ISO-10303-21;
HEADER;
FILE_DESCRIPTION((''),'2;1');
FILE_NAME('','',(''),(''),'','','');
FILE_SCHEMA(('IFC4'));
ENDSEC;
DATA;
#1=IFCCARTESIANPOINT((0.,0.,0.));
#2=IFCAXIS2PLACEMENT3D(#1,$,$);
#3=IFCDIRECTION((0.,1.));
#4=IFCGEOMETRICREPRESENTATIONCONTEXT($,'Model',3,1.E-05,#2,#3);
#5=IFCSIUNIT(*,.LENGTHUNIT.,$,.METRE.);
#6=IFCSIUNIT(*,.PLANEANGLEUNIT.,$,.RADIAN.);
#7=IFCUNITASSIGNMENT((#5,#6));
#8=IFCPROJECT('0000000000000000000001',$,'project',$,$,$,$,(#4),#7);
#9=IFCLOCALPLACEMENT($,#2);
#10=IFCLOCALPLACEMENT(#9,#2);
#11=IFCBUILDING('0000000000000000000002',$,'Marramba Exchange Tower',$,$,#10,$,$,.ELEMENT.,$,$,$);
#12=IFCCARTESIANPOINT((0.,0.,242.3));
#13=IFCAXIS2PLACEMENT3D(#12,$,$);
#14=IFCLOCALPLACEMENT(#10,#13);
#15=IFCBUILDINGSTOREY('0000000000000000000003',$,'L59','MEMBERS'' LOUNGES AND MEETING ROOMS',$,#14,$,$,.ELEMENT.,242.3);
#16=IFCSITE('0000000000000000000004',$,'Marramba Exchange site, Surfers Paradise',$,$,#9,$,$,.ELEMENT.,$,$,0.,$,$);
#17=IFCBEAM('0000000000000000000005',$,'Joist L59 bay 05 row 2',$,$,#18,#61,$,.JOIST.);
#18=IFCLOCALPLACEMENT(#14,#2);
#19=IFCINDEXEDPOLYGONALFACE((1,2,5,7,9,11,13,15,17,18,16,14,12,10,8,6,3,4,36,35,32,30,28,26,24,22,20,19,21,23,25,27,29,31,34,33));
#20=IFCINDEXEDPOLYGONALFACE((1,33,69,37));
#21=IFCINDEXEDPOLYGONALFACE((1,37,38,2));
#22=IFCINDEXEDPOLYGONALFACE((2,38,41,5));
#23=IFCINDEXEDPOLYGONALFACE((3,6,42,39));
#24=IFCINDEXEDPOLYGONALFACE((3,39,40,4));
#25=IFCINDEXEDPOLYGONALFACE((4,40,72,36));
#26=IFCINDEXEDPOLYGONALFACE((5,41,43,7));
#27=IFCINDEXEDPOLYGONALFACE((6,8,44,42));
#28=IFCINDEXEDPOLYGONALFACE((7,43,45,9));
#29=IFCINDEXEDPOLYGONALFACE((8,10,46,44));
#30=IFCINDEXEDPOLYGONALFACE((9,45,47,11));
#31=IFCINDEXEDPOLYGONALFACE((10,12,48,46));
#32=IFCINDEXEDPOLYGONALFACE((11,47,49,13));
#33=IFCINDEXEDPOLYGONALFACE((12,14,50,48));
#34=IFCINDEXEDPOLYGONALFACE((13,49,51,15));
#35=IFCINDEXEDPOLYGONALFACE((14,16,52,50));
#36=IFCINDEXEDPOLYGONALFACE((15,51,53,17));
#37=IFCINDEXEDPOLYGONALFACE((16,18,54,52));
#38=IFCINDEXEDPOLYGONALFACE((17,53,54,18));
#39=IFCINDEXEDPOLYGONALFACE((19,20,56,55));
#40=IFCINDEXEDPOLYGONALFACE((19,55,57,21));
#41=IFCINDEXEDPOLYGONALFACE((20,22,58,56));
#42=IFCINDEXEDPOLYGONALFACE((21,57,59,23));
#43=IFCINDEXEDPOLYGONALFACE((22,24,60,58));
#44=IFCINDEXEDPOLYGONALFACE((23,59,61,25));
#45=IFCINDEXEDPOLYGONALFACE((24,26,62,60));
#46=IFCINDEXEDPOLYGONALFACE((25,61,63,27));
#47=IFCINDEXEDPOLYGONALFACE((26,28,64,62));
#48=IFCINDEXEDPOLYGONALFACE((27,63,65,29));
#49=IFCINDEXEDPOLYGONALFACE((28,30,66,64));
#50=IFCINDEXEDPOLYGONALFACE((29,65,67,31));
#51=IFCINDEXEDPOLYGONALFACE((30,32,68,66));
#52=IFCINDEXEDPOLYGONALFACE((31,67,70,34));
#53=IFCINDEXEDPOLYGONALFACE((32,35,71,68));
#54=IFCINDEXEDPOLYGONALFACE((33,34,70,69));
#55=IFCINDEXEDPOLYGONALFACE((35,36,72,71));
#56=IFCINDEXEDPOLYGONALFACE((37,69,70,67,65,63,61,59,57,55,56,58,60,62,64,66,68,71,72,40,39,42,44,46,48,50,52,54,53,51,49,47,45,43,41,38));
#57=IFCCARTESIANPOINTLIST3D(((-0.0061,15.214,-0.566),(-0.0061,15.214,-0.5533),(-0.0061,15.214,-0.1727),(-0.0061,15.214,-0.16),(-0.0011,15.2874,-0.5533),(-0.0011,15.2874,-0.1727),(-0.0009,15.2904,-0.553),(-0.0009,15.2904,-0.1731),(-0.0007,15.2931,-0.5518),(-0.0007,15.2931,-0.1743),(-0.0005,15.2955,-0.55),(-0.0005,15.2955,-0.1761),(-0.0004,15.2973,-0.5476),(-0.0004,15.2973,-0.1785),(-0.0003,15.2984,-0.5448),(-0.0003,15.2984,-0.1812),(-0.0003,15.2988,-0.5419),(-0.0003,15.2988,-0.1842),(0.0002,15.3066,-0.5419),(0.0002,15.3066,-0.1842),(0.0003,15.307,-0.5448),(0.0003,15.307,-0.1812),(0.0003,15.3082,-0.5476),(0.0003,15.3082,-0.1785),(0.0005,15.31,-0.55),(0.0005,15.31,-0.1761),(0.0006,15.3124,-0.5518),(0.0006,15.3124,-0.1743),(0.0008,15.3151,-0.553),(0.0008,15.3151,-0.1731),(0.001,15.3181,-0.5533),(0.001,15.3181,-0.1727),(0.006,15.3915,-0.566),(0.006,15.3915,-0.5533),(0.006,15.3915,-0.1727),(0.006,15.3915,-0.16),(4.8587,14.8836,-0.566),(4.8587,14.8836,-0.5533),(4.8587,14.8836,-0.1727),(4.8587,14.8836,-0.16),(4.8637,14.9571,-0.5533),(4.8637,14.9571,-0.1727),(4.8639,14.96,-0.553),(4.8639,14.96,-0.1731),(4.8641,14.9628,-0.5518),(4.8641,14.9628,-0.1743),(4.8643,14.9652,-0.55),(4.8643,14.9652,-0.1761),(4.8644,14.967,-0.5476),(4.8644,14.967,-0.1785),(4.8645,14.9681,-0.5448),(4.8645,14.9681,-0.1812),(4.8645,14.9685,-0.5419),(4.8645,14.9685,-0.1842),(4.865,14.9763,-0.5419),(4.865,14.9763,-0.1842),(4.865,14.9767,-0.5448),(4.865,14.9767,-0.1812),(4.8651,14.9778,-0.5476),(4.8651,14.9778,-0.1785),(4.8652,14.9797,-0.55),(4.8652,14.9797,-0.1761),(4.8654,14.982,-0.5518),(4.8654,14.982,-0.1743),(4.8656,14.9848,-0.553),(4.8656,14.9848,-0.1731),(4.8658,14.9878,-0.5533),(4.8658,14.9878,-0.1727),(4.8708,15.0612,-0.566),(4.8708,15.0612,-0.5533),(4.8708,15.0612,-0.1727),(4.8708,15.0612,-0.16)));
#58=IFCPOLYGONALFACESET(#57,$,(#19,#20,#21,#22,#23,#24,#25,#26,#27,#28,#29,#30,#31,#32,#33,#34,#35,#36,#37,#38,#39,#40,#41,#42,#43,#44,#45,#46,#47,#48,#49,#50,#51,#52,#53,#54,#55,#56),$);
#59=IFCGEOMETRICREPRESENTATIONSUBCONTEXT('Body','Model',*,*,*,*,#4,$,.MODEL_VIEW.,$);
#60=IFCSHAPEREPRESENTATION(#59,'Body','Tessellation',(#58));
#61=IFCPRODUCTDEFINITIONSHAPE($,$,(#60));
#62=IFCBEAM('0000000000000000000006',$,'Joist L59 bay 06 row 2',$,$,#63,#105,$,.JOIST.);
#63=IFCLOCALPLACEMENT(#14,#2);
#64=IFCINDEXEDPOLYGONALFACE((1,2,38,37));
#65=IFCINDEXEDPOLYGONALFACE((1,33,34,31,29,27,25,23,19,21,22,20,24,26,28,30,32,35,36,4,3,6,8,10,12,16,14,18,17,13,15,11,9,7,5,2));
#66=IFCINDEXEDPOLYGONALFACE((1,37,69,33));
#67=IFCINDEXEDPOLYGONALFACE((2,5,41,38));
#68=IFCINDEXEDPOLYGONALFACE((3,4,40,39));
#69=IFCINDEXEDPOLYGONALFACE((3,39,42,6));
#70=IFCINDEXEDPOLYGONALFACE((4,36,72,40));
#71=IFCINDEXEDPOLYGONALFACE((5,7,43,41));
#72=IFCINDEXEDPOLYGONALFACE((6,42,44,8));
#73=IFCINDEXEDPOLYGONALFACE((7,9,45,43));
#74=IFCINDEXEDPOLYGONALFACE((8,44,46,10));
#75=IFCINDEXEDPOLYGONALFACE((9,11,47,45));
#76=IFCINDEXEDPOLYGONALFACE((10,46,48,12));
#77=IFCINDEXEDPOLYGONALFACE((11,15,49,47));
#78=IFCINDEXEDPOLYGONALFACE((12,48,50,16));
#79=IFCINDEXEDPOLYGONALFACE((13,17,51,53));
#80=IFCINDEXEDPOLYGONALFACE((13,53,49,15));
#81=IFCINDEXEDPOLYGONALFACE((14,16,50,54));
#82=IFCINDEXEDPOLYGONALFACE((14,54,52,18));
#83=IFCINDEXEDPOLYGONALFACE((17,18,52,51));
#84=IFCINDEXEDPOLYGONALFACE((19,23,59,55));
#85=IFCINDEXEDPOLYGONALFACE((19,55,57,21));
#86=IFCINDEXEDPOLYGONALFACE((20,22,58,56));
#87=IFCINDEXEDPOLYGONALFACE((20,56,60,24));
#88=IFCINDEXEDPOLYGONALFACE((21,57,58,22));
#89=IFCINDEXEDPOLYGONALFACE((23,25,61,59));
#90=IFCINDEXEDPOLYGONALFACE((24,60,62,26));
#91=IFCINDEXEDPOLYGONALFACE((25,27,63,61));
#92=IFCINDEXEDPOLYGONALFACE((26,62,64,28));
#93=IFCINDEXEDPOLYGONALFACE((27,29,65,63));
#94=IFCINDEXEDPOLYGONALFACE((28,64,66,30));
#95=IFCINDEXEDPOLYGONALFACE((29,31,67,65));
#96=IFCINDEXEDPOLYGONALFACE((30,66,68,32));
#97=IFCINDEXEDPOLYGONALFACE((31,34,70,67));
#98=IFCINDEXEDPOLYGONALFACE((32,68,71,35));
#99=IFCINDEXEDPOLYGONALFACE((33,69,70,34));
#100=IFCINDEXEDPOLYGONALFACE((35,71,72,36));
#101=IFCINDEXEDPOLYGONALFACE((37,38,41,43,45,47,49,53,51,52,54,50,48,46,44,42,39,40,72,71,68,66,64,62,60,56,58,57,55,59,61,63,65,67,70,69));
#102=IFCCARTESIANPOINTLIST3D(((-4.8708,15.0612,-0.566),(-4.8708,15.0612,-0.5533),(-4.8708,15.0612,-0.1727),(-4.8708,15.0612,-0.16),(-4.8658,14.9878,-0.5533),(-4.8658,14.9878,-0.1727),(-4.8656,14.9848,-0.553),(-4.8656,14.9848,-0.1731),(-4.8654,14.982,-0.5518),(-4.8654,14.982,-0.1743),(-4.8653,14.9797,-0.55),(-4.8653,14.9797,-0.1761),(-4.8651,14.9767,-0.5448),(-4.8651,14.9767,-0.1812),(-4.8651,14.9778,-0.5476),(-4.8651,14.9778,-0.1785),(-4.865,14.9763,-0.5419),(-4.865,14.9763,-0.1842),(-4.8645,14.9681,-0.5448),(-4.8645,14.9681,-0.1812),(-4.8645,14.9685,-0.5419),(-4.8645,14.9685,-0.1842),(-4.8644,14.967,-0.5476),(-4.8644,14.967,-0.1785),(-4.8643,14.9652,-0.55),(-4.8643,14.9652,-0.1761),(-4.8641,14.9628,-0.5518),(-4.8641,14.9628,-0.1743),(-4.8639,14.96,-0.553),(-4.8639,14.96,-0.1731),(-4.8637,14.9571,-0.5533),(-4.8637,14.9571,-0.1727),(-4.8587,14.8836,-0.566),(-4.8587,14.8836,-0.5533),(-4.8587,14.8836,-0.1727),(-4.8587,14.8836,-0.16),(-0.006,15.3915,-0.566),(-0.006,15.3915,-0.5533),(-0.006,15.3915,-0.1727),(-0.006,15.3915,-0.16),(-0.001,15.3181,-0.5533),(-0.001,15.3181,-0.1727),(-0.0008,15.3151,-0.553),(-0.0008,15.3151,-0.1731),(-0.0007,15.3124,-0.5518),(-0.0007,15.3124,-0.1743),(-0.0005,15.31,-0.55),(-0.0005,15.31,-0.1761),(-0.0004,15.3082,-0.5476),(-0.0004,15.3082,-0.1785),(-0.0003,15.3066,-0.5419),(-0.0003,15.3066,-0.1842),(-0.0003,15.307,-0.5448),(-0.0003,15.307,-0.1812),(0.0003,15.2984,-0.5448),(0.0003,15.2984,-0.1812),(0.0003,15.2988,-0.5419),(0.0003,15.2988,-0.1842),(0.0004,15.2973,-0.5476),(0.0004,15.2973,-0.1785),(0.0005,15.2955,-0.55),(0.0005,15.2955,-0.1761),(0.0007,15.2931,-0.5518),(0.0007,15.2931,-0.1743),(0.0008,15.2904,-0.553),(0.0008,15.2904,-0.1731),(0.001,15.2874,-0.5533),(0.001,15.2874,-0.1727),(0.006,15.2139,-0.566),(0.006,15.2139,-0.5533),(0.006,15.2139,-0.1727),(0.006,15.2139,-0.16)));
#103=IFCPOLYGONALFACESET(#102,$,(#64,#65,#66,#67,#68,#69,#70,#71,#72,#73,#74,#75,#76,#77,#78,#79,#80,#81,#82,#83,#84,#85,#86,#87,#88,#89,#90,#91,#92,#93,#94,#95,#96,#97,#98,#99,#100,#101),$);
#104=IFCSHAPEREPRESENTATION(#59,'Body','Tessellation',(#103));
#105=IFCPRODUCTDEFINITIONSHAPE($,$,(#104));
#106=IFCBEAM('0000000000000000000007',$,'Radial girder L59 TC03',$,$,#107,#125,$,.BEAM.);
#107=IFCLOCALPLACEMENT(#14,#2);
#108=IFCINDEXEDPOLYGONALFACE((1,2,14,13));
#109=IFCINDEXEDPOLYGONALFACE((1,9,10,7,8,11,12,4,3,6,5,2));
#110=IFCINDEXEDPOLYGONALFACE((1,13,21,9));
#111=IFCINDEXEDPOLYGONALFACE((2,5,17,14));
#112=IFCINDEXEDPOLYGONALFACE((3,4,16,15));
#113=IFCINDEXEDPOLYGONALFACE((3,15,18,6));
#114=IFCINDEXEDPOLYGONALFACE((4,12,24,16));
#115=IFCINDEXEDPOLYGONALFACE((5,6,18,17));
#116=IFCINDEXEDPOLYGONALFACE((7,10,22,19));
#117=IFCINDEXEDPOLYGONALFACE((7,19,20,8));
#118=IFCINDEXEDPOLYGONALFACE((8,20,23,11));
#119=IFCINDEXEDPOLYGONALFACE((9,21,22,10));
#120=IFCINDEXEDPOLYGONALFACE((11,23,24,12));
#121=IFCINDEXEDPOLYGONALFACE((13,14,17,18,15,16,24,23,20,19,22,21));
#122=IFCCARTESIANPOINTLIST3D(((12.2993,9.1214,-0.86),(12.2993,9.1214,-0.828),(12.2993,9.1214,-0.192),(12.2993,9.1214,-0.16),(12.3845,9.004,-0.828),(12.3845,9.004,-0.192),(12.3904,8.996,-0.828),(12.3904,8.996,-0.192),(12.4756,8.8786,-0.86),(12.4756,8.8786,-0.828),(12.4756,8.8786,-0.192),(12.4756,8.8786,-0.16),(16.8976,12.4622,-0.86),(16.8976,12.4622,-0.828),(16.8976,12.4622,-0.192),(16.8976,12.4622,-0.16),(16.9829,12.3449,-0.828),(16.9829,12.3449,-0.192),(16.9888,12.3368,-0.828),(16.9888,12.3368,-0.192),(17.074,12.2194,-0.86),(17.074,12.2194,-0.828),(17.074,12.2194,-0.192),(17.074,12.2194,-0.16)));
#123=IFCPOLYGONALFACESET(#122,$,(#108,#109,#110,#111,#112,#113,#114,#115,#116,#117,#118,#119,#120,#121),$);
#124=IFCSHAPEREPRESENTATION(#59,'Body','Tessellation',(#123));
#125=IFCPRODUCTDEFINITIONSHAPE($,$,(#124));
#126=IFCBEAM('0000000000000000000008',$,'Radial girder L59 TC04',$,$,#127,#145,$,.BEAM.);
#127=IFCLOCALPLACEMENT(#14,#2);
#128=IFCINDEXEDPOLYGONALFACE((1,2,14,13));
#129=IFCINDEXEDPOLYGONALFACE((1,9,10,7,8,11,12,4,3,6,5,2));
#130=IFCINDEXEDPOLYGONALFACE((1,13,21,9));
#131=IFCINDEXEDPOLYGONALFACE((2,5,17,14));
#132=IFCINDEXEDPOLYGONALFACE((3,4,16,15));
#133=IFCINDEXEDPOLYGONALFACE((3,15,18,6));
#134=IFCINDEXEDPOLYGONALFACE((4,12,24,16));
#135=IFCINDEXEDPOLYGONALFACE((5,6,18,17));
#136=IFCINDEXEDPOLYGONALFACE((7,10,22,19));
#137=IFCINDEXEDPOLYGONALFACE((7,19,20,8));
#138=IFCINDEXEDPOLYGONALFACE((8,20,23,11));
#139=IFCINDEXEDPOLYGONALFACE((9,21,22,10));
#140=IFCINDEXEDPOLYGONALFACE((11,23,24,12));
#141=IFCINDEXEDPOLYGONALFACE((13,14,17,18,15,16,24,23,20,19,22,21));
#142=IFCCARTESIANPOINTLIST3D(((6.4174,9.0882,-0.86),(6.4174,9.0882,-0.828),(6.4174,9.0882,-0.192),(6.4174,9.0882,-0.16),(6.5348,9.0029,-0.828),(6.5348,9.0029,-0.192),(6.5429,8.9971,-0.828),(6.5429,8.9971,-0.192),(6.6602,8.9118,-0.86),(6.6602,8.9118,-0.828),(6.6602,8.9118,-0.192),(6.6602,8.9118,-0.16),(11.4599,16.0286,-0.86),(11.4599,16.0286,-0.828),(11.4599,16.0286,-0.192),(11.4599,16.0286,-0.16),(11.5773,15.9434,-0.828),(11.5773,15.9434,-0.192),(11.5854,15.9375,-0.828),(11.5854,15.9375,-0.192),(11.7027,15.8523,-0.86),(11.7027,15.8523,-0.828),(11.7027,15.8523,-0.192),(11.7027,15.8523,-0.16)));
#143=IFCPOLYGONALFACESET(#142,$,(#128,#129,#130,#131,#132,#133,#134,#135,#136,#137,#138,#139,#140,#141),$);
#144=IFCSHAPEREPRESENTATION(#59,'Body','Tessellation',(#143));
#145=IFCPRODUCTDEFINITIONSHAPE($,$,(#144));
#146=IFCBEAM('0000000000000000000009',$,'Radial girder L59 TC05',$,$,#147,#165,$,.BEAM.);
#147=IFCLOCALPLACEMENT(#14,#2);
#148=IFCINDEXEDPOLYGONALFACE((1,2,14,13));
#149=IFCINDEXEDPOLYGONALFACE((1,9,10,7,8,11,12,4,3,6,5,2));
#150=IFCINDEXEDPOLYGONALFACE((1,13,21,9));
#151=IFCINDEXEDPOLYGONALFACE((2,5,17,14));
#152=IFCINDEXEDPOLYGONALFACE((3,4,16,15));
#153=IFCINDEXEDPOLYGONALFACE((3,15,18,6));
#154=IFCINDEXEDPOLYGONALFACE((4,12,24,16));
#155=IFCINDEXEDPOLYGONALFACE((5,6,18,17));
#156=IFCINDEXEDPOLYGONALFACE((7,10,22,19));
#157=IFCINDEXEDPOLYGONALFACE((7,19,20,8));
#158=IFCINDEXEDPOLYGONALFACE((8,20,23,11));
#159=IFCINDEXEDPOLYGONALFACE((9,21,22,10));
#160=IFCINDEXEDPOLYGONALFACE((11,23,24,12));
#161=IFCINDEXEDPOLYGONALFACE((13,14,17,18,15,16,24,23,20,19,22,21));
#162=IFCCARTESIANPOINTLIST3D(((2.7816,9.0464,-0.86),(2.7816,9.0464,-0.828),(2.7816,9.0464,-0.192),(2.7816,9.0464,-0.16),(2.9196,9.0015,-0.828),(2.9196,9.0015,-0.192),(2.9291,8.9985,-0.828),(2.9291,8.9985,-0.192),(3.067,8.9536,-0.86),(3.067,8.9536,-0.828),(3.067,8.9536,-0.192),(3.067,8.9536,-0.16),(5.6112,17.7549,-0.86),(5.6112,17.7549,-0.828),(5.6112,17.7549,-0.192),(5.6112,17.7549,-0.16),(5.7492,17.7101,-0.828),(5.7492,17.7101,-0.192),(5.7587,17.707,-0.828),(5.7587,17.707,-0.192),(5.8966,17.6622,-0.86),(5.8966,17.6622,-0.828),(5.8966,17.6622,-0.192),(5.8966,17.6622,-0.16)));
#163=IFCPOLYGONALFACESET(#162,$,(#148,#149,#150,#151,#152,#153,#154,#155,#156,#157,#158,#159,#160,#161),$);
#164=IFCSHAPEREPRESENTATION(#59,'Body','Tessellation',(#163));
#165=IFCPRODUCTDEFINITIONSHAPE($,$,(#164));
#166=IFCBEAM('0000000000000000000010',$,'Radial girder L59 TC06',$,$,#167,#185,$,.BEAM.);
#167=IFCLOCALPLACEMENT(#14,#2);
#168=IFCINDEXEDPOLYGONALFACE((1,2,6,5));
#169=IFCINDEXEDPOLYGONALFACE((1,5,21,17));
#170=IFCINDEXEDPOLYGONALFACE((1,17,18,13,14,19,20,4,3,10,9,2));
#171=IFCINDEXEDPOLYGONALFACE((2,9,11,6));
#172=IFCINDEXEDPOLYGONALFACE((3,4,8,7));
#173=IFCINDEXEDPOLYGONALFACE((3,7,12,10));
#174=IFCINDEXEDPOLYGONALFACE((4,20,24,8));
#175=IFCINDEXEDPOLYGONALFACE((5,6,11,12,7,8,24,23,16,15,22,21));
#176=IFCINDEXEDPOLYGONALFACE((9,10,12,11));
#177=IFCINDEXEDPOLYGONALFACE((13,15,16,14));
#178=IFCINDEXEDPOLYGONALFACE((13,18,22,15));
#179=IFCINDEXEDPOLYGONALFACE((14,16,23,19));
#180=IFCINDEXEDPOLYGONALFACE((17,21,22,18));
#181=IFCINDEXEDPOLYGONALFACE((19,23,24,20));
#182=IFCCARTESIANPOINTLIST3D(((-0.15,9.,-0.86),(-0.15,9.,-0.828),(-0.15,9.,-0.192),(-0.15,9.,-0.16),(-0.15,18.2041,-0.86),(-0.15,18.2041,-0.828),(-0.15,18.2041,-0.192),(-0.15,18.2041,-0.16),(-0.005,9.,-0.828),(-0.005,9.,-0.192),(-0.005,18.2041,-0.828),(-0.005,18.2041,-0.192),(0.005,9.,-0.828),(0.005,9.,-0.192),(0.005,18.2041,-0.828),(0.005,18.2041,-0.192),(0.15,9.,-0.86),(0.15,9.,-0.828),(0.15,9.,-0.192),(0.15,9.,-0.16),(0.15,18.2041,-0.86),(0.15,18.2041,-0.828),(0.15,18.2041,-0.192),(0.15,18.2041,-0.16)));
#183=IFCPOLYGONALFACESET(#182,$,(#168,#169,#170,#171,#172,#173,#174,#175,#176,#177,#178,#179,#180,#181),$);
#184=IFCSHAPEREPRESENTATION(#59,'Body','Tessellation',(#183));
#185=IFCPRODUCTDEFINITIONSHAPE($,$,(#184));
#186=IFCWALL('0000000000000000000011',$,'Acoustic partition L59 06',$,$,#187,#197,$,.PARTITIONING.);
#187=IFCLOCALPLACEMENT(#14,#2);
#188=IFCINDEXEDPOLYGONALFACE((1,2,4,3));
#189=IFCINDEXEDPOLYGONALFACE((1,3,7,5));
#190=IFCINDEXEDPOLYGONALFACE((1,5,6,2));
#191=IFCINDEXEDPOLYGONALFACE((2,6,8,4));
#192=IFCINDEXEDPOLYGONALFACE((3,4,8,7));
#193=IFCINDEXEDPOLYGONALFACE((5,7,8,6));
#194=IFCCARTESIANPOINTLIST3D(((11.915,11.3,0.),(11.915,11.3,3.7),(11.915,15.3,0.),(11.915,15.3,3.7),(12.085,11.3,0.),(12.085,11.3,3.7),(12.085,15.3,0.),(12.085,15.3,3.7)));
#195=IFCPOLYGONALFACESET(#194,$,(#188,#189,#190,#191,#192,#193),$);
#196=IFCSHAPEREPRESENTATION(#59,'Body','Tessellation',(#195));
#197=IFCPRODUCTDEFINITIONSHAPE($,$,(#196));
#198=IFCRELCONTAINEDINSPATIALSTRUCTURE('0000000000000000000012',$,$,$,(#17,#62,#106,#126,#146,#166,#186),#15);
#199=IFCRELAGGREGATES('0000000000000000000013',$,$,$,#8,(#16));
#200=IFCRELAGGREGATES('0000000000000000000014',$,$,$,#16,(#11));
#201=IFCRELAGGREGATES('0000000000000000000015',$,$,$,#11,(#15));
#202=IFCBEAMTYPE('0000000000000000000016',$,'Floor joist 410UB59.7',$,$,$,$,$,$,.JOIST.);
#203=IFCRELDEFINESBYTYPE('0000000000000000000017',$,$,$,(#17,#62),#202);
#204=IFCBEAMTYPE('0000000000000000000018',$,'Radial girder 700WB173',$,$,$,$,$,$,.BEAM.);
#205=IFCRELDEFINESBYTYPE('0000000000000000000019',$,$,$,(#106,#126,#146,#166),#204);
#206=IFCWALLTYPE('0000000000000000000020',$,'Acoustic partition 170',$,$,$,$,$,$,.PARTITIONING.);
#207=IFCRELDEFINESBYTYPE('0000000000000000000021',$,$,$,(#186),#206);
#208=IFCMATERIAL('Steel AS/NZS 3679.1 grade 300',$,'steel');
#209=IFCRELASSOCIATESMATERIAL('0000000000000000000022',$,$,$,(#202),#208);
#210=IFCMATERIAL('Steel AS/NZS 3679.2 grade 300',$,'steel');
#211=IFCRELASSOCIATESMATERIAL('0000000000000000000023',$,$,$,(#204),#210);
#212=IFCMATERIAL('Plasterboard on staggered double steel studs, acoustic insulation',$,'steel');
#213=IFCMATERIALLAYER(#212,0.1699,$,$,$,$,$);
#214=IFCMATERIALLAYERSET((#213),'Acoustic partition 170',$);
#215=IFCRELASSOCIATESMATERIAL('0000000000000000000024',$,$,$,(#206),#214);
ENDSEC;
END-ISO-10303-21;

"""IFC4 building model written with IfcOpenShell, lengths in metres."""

from ifc_helpers import new_model, si_unit, direction, frame, frame_2d, origin, origin_2d, place, context, subcontext, project, spatial, rectangle, i_section, extrude, material, layer, layer_set, material_profile, profile_set, type_object, element, save


model = new_model("IFC4")

# Units and contexts
model_context = context("Model", 3, precision=1e-05, world=origin(), true_north=direction((0.0, 1.0)))
body_context = subcontext(model_context, "Body", "Model", "MODEL_VIEW")
ifc_project = project(units=[si_unit("LENGTHUNIT", "METRE"), si_unit("PLANEANGLEUNIT", "RADIAN")], contexts=[model_context])

# Site, building, storey
site_placement = place(None, origin())
site = spatial("IfcSite", under=ifc_project, at=site_placement, Name="Marramba Exchange site, Surfers Paradise", CompositionType="ELEMENT", RefElevation=0.0)
building_placement = place(site_placement, origin())
building = spatial("IfcBuilding", under=site, at=building_placement, Name="Marramba Exchange Tower", CompositionType="ELEMENT")
storey_placement = place(building_placement, frame((0.0, 0.0, 242.3)))
storey = spatial("IfcBuildingStorey", under=building, at=storey_placement, Name="L59", Description="MEMBERS' LOUNGES AND MEETING ROOMS", CompositionType="ELEMENT", Elevation=242.3)

# Beams
ifc_material_1 = material(Name="Steel AS/NZS 3679.1 grade 300", Category="steel")
ifc_material_profile_1 = material_profile(ifc_material_1, i_section(OverallWidth=0.178, OverallDepth=0.406, WebThickness=0.0078, FlangeThickness=0.0127, FilletRadius=0.0115, at=origin_2d()), Name="410UB59.7")
ifc_profile_set_1 = profile_set([ifc_material_profile_1], Name="Steel AS/NZS 3679.1 grade 300")
beam_type_1 = type_object("IfcBeamType", Name="Floor joist 410UB59.7", PredefinedType="JOIST", material=ifc_profile_set_1)
for number, where, z_axis, x_axis, name in (
    (1, (4.8647, 14.9724, -0.363), (-0.997703, 0.067745, 0.0), (-0.067745, -0.997703, 0.0), "Joist L59 bay 05 row 2"),
    (2, (0.0, 15.3027, -0.363), (-0.997703, -0.067745, 0.0), (0.067745, -0.997703, 0.0), "Joist L59 bay 06 row 2"),
):
    element("IfcBeam", number, at=place(storey_placement, frame(where, z_axis=z_axis, x_axis=x_axis)), inside=storey, type_object=beam_type_1, Name=name, PredefinedType="JOIST", context=body_context, shape_type="SweptSolid", body=[
        extrude(i_section(OverallWidth=0.178, OverallDepth=0.406, WebThickness=0.0078, FlangeThickness=0.0127, FilletRadius=0.0115, at=origin_2d()), origin(), (0.0, 0.0, 1.0), 4.876),
    ])
ifc_material_2 = material(Name="Steel AS/NZS 3679.2 grade 300", Category="steel")
ifc_material_profile_2 = material_profile(ifc_material_2, i_section(OverallWidth=0.3, OverallDepth=0.7, WebThickness=0.01, FlangeThickness=0.032, at=origin_2d()), Name="700WB173")
ifc_profile_set_2 = profile_set([ifc_material_profile_2], Name="Steel AS/NZS 3679.2 grade 300")
beam_type_2 = type_object("IfcBeamType", Name="Radial girder 700WB173", PredefinedType="BEAM", material=ifc_profile_set_2)
beam_1_placement = place(storey_placement, frame((12.3875, 9.0, -0.51), z_axis=(0.809026, 0.587773, 0.0), x_axis=(-0.587773, 0.809026, 0.0)))
element("IfcBeam", 3, at=beam_1_placement, inside=storey, type_object=beam_type_2, Name="Radial girder L59 TC03", PredefinedType="BEAM", context=body_context, shape_type="SweptSolid", body=[
    extrude(i_section(OverallWidth=0.3, OverallDepth=0.7, WebThickness=0.01, FlangeThickness=0.032, at=origin_2d()), origin(), (0.0, 0.0, 1.0), 5.6838),
])
beam_2_placement = place(storey_placement, frame((6.5388, 9.0, -0.51), z_axis=(0.587782, 0.809019, 0.0), x_axis=(-0.809019, 0.587782, 0.0)))
element("IfcBeam", 4, at=beam_2_placement, inside=storey, type_object=beam_type_2, Name="Radial girder L59 TC04", PredefinedType="BEAM", context=body_context, shape_type="SweptSolid", body=[
    extrude(i_section(OverallWidth=0.3, OverallDepth=0.7, WebThickness=0.01, FlangeThickness=0.032, at=origin_2d()), origin(), (0.0, 0.0, 1.0), 8.5789),
])
beam_3_placement = place(storey_placement, frame((2.9243, 9.0, -0.51), z_axis=(0.30902, 0.951056, 0.0), x_axis=(-0.951056, 0.30902, 0.0)))
element("IfcBeam", 5, at=beam_3_placement, inside=storey, type_object=beam_type_2, Name="Radial girder L59 TC05", PredefinedType="BEAM", context=body_context, shape_type="SweptSolid", body=[
    extrude(i_section(OverallWidth=0.3, OverallDepth=0.7, WebThickness=0.01, FlangeThickness=0.032, at=origin_2d()), origin(), (0.0, 0.0, 1.0), 9.1567),
])
beam_4_placement = place(storey_placement, frame((0.0, 9.0, -0.51), z_axis=(0.0, 1.0, 0.0), x_axis=(-1.0, 0.0, 0.0)))
element("IfcBeam", 6, at=beam_4_placement, inside=storey, type_object=beam_type_2, Name="Radial girder L59 TC06", PredefinedType="BEAM", context=body_context, shape_type="SweptSolid", body=[
    extrude(i_section(OverallWidth=0.3, OverallDepth=0.7, WebThickness=0.01, FlangeThickness=0.032, at=origin_2d()), origin(), (0.0, 0.0, 1.0), 9.2041),
])

# Wall
ifc_material_3 = material(Name="Plasterboard on staggered double steel studs, acoustic insulation", Category="steel")
ifc_layer_1 = layer(ifc_material_3, 0.1699)
ifc_layer_set_1 = layer_set([ifc_layer_1], Name="Acoustic partition 170")
wall_type_1 = type_object("IfcWallType", Name="Acoustic partition 170", PredefinedType="PARTITIONING", material=ifc_layer_set_1)
wall_1_placement = place(storey_placement, frame((12.0, 11.3, 0.0), z_axis=(0.0, 0.0, 1.0), x_axis=(0.0, 1.0, 0.0)))
element("IfcWall", 7, at=wall_1_placement, inside=storey, type_object=wall_type_1, Name="Acoustic partition L59 06", PredefinedType="PARTITIONING", context=body_context, shape_type="SweptSolid", body=[
    extrude(rectangle(XDim=4.0, YDim=0.1699, at=frame_2d((2.0, 0.0))), origin(), (0.0, 0.0, 1.0), 3.7),
])

save(model, "model.ifc")
